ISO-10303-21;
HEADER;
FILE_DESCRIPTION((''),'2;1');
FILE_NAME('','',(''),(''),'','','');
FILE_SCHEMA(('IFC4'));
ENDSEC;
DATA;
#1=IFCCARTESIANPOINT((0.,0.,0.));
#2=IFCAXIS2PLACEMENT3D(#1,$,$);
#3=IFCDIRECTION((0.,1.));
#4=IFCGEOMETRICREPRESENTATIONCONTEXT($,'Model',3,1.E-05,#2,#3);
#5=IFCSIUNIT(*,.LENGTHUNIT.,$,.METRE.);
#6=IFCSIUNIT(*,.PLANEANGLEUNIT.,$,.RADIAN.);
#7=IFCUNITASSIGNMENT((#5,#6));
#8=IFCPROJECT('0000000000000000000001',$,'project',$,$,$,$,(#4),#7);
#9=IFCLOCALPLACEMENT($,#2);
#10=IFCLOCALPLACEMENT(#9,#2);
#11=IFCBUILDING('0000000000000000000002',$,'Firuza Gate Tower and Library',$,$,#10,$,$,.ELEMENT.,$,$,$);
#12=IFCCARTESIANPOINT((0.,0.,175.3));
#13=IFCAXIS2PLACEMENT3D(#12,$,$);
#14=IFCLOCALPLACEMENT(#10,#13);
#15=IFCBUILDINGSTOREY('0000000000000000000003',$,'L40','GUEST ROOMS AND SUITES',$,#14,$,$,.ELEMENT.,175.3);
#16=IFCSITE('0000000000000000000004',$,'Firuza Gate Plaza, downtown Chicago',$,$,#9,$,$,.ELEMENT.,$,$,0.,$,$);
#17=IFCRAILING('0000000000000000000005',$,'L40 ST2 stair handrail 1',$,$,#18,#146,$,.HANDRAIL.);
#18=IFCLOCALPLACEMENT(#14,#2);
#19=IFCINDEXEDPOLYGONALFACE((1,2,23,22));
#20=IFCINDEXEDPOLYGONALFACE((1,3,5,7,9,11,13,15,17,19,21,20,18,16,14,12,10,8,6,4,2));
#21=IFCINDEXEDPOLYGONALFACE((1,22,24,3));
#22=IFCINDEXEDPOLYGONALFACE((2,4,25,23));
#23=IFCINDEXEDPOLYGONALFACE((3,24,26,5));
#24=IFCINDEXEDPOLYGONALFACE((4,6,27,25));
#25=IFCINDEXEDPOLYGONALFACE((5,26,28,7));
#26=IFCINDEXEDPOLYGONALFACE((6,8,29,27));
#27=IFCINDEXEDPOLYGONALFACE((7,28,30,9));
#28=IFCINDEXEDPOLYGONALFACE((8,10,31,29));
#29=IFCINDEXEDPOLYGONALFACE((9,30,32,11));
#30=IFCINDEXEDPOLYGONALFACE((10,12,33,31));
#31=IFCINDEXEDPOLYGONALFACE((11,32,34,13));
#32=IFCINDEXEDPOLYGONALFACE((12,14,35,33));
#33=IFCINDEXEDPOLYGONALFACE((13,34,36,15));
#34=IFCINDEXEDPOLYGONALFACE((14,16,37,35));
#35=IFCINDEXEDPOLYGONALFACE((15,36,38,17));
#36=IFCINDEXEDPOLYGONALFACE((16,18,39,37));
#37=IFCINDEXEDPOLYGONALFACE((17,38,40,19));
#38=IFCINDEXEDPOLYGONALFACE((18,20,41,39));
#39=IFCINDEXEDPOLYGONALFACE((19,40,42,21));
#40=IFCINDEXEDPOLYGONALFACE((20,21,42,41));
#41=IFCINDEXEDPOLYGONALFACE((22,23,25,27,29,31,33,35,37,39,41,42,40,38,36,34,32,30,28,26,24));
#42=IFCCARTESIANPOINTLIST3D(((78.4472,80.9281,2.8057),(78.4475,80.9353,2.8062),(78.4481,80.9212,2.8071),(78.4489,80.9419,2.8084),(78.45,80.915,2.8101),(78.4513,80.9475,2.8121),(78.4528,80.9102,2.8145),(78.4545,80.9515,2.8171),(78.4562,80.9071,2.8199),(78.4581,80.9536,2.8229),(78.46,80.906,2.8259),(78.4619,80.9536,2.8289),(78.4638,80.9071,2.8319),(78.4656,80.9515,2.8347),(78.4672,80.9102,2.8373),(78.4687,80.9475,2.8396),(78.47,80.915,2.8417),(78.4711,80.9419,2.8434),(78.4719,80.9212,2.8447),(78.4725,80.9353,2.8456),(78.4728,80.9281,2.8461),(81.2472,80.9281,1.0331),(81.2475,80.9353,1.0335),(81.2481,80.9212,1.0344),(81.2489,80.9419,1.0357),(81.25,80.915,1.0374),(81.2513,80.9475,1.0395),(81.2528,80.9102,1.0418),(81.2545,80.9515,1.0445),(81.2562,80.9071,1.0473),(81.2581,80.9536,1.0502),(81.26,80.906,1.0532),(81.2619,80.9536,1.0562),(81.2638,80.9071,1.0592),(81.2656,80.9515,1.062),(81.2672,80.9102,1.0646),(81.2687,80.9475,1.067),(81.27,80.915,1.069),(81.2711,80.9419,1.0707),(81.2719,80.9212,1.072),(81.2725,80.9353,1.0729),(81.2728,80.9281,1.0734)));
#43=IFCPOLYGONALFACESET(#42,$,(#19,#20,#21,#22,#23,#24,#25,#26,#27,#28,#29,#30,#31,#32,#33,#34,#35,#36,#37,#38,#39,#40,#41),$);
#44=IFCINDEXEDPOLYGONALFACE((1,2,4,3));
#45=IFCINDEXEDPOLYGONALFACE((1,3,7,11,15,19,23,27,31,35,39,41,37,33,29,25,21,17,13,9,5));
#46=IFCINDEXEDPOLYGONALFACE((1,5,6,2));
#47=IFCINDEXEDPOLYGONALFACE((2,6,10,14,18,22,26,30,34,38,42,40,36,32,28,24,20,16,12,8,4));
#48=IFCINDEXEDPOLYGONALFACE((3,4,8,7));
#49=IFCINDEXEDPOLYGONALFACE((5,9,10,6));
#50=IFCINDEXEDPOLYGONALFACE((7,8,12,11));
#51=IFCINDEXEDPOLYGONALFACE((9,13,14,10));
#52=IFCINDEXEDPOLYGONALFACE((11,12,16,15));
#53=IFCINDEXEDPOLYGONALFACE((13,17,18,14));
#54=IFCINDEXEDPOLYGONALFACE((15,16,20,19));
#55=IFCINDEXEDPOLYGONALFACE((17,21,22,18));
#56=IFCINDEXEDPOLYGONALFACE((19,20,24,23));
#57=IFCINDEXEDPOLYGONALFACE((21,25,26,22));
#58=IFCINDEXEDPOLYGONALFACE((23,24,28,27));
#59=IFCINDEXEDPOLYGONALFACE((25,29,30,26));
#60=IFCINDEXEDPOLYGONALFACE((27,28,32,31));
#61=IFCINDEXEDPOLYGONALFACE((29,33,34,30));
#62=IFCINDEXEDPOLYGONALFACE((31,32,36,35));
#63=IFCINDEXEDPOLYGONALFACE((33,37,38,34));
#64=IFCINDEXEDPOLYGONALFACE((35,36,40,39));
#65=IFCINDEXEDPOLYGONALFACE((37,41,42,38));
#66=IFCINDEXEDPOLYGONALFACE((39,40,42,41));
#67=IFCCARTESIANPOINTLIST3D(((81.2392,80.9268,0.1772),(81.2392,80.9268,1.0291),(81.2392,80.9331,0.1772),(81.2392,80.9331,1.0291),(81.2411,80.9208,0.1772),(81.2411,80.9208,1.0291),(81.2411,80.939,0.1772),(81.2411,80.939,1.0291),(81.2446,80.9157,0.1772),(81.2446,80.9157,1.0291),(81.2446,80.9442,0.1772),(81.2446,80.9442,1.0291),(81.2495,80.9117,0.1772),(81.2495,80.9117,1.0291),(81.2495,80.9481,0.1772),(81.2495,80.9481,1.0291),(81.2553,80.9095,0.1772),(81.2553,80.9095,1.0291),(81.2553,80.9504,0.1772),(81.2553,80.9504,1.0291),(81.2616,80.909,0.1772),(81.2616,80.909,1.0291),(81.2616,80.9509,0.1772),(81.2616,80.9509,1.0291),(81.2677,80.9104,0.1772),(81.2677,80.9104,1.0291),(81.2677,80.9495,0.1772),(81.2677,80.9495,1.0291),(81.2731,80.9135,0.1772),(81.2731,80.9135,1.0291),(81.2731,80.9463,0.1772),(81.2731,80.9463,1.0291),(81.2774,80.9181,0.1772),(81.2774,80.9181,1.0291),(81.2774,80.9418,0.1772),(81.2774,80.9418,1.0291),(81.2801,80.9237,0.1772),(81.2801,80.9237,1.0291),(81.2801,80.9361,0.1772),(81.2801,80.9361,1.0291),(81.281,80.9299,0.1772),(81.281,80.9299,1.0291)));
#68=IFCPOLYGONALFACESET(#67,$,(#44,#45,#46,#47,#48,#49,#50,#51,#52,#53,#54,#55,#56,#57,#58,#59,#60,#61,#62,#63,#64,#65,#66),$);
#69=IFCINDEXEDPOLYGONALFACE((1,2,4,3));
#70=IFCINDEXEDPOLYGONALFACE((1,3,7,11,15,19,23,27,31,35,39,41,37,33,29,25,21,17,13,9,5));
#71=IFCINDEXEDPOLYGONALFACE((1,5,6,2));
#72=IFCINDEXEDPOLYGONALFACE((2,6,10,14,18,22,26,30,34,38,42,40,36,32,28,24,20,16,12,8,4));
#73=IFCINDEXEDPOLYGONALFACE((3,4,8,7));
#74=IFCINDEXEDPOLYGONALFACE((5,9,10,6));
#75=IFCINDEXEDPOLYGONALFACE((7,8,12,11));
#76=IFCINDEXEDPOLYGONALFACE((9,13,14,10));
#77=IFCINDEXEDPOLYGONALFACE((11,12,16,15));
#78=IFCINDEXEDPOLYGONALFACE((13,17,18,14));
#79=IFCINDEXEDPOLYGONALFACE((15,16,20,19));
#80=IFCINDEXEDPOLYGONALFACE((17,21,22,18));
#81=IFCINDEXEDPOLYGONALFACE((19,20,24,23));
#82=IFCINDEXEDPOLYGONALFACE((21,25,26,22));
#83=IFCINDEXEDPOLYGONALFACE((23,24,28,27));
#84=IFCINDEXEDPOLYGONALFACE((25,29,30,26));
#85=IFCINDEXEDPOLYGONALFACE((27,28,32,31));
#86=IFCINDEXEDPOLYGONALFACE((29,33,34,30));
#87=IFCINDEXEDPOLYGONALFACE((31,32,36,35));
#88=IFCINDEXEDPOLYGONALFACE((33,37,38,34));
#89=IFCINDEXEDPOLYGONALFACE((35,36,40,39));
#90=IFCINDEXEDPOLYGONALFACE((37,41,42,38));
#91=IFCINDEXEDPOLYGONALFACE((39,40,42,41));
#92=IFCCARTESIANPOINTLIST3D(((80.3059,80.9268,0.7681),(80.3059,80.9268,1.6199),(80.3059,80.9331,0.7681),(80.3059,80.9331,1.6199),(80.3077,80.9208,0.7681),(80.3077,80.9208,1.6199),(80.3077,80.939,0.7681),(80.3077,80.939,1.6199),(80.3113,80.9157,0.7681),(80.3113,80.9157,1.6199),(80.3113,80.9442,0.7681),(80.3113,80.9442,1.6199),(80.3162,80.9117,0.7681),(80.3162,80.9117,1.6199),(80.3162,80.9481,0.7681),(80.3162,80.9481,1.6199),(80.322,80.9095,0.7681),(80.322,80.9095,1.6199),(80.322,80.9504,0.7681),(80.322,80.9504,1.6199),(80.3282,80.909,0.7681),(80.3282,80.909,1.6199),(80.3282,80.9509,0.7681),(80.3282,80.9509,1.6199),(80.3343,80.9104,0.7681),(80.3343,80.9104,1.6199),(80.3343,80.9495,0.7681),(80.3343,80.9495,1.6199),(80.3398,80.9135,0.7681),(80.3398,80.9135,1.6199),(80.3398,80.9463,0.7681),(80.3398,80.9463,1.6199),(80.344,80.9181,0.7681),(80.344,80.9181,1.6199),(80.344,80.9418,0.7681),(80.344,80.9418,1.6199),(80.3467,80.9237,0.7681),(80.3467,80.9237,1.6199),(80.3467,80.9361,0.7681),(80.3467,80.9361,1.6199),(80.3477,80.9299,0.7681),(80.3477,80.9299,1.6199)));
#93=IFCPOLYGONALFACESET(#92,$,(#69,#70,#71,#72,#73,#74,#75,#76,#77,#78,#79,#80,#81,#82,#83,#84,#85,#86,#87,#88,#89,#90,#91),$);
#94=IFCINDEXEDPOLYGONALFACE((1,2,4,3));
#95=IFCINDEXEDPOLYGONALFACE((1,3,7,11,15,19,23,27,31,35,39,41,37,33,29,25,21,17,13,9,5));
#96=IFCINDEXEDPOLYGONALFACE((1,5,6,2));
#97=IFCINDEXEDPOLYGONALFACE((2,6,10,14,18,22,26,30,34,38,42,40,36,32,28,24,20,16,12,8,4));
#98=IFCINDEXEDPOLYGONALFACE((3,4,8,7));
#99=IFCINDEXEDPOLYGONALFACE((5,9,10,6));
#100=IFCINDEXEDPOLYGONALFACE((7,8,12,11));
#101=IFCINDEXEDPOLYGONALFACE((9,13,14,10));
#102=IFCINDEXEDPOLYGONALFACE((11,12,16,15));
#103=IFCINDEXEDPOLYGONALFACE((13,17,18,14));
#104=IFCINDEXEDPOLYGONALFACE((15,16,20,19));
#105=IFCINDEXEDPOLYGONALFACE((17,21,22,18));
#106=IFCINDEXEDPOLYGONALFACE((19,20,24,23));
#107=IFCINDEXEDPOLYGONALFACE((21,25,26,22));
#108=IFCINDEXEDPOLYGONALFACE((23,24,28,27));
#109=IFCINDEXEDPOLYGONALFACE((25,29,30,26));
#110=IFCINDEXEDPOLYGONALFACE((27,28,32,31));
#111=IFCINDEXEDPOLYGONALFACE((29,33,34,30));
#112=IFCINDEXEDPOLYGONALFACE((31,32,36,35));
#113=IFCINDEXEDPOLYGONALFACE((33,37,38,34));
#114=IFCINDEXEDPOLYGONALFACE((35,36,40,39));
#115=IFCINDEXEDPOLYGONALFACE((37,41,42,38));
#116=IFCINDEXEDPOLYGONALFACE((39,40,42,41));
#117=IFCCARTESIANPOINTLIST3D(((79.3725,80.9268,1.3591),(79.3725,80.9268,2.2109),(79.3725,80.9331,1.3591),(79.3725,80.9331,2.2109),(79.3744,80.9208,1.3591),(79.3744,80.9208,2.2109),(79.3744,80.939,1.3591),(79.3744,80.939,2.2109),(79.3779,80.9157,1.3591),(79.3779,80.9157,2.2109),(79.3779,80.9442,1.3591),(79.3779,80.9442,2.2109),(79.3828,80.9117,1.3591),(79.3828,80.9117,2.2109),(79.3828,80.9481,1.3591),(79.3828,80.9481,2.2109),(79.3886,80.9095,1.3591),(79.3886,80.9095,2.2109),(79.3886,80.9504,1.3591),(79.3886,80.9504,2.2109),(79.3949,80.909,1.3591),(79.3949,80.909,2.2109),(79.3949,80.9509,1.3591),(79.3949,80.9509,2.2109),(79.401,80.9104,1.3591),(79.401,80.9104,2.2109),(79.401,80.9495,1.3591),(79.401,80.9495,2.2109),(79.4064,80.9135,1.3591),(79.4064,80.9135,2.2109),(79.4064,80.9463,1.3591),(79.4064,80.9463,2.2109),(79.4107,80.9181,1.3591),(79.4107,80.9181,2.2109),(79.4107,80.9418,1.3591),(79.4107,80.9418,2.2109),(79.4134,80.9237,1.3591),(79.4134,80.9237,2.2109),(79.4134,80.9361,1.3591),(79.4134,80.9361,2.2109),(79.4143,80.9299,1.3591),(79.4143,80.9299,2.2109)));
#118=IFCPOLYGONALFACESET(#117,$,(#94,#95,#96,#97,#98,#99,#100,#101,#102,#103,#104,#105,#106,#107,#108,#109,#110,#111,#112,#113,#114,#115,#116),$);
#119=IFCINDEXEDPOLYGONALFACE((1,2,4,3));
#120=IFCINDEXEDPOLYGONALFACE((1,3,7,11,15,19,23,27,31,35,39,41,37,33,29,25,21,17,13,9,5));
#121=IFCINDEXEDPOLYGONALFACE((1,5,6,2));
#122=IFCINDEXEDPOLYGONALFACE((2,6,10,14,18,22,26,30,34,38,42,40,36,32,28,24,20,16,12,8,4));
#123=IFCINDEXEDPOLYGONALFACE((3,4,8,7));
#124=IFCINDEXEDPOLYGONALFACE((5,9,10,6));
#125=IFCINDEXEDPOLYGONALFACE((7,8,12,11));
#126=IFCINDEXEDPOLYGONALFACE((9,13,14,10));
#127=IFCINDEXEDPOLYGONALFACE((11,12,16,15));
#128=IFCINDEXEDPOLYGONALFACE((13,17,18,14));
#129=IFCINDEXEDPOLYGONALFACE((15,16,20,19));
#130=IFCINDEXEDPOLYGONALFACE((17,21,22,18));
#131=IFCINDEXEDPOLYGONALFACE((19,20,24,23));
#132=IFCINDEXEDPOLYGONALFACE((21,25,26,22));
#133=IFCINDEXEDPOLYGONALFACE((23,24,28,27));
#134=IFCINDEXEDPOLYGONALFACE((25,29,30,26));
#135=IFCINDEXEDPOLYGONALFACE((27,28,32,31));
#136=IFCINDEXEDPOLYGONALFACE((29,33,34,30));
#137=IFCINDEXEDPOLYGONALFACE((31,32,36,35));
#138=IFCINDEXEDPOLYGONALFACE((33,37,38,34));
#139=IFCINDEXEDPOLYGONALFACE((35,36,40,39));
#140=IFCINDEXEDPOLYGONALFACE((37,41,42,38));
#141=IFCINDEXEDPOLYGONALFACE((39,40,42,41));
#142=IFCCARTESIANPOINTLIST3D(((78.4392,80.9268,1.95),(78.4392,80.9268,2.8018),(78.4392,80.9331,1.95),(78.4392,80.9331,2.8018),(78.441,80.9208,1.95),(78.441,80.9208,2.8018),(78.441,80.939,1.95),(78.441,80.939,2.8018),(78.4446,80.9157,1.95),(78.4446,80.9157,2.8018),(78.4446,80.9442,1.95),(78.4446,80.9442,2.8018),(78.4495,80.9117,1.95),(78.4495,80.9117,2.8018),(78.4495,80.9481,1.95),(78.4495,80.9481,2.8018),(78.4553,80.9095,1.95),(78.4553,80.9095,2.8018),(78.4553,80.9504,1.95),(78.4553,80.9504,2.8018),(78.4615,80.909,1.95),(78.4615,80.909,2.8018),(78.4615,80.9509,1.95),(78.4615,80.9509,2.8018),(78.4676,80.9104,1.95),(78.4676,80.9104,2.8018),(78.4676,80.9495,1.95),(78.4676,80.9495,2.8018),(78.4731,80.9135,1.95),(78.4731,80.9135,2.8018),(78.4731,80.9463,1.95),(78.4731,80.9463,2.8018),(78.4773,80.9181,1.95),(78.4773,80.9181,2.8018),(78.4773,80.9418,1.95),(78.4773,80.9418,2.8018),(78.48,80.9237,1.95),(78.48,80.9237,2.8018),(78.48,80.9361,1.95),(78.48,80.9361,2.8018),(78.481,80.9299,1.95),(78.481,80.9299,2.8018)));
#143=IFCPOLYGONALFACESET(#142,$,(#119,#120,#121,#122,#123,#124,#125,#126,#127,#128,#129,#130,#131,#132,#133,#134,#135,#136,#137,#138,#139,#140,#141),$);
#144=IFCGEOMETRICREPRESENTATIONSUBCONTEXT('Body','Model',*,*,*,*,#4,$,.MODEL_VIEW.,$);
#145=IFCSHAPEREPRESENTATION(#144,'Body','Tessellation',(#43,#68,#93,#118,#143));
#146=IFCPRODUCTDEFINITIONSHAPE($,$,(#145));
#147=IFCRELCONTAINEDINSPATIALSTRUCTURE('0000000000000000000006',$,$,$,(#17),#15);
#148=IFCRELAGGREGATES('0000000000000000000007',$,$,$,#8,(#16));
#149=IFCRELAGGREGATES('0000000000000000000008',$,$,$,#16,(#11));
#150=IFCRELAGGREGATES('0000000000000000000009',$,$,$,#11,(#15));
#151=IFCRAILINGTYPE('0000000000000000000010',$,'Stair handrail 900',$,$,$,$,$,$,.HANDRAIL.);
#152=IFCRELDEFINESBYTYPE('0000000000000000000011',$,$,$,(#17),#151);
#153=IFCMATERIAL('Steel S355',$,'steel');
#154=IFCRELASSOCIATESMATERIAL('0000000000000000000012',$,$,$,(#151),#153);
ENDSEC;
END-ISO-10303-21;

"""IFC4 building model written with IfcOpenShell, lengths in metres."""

from ifc_helpers import new_model, si_unit, direction, frame, origin, origin_2d, place, context, subcontext, project, spatial, circle, extrude, material, type_object, element, save


model = new_model("IFC4")

# Units and contexts
model_context = context("Model", 3, precision=1e-05, world=origin(), true_north=direction((0.0, 1.0)))
body_context = subcontext(model_context, "Body", "Model", "MODEL_VIEW")
ifc_project = project(units=[si_unit("LENGTHUNIT", "METRE"), si_unit("PLANEANGLEUNIT", "RADIAN")], contexts=[model_context])

# Site, building, storey
site_placement = place(None, origin())
site = spatial("IfcSite", under=ifc_project, at=site_placement, Name="Firuza Gate Plaza, downtown Chicago", CompositionType="ELEMENT", RefElevation=0.0)
building_placement = place(site_placement, origin())
building = spatial("IfcBuilding", under=site, at=building_placement, Name="Firuza Gate Tower and Library", CompositionType="ELEMENT")
storey_placement = place(building_placement, frame((0.0, 0.0, 175.3)))
storey = spatial("IfcBuildingStorey", under=building, at=storey_placement, Name="L40", Description="GUEST ROOMS AND SUITES", CompositionType="ELEMENT", Elevation=175.3)

# Railing
ifc_material_1 = material(Name="Steel S355", Category="steel")
railing_type_1 = type_object("IfcRailingType", Name="Stair handrail 900", PredefinedType="HANDRAIL", material=ifc_material_1)
railing_1_placement = place(storey_placement, frame((81.26, 80.9299, 0.1772)))
element("IfcRailing", 1, at=railing_1_placement, inside=storey, type_object=railing_type_1, Name="L40 ST2 stair handrail 1", PredefinedType="HANDRAIL", context=body_context, shape_type="SweptSolid", body=[
    extrude(circle(Radius=0.0239, at=origin_2d()), frame((0.0, 0.0, 0.876), z_axis=(-0.844909, 0.0, 0.53491), x_axis=(0.0, -1.0, 0.0)), (0.0, 0.0, 1.0), 3.314),
    extrude(circle(Radius=0.021, at=origin_2d()), origin(), (0.0, 0.0, 1.0), 0.8518),
    extrude(circle(Radius=0.021, at=origin_2d()), frame((-0.9333, 0.0, 0.5908)), (0.0, 0.0, 1.0), 0.8518),
    extrude(circle(Radius=0.021, at=origin_2d()), frame((-1.8667, 0.0, 1.1819)), (0.0, 0.0, 1.0), 0.8518),
    extrude(circle(Radius=0.021, at=origin_2d()), frame((-2.8, 0.0, 1.7727)), (0.0, 0.0, 1.0), 0.8518),
])

save(model, "model.ifc")
